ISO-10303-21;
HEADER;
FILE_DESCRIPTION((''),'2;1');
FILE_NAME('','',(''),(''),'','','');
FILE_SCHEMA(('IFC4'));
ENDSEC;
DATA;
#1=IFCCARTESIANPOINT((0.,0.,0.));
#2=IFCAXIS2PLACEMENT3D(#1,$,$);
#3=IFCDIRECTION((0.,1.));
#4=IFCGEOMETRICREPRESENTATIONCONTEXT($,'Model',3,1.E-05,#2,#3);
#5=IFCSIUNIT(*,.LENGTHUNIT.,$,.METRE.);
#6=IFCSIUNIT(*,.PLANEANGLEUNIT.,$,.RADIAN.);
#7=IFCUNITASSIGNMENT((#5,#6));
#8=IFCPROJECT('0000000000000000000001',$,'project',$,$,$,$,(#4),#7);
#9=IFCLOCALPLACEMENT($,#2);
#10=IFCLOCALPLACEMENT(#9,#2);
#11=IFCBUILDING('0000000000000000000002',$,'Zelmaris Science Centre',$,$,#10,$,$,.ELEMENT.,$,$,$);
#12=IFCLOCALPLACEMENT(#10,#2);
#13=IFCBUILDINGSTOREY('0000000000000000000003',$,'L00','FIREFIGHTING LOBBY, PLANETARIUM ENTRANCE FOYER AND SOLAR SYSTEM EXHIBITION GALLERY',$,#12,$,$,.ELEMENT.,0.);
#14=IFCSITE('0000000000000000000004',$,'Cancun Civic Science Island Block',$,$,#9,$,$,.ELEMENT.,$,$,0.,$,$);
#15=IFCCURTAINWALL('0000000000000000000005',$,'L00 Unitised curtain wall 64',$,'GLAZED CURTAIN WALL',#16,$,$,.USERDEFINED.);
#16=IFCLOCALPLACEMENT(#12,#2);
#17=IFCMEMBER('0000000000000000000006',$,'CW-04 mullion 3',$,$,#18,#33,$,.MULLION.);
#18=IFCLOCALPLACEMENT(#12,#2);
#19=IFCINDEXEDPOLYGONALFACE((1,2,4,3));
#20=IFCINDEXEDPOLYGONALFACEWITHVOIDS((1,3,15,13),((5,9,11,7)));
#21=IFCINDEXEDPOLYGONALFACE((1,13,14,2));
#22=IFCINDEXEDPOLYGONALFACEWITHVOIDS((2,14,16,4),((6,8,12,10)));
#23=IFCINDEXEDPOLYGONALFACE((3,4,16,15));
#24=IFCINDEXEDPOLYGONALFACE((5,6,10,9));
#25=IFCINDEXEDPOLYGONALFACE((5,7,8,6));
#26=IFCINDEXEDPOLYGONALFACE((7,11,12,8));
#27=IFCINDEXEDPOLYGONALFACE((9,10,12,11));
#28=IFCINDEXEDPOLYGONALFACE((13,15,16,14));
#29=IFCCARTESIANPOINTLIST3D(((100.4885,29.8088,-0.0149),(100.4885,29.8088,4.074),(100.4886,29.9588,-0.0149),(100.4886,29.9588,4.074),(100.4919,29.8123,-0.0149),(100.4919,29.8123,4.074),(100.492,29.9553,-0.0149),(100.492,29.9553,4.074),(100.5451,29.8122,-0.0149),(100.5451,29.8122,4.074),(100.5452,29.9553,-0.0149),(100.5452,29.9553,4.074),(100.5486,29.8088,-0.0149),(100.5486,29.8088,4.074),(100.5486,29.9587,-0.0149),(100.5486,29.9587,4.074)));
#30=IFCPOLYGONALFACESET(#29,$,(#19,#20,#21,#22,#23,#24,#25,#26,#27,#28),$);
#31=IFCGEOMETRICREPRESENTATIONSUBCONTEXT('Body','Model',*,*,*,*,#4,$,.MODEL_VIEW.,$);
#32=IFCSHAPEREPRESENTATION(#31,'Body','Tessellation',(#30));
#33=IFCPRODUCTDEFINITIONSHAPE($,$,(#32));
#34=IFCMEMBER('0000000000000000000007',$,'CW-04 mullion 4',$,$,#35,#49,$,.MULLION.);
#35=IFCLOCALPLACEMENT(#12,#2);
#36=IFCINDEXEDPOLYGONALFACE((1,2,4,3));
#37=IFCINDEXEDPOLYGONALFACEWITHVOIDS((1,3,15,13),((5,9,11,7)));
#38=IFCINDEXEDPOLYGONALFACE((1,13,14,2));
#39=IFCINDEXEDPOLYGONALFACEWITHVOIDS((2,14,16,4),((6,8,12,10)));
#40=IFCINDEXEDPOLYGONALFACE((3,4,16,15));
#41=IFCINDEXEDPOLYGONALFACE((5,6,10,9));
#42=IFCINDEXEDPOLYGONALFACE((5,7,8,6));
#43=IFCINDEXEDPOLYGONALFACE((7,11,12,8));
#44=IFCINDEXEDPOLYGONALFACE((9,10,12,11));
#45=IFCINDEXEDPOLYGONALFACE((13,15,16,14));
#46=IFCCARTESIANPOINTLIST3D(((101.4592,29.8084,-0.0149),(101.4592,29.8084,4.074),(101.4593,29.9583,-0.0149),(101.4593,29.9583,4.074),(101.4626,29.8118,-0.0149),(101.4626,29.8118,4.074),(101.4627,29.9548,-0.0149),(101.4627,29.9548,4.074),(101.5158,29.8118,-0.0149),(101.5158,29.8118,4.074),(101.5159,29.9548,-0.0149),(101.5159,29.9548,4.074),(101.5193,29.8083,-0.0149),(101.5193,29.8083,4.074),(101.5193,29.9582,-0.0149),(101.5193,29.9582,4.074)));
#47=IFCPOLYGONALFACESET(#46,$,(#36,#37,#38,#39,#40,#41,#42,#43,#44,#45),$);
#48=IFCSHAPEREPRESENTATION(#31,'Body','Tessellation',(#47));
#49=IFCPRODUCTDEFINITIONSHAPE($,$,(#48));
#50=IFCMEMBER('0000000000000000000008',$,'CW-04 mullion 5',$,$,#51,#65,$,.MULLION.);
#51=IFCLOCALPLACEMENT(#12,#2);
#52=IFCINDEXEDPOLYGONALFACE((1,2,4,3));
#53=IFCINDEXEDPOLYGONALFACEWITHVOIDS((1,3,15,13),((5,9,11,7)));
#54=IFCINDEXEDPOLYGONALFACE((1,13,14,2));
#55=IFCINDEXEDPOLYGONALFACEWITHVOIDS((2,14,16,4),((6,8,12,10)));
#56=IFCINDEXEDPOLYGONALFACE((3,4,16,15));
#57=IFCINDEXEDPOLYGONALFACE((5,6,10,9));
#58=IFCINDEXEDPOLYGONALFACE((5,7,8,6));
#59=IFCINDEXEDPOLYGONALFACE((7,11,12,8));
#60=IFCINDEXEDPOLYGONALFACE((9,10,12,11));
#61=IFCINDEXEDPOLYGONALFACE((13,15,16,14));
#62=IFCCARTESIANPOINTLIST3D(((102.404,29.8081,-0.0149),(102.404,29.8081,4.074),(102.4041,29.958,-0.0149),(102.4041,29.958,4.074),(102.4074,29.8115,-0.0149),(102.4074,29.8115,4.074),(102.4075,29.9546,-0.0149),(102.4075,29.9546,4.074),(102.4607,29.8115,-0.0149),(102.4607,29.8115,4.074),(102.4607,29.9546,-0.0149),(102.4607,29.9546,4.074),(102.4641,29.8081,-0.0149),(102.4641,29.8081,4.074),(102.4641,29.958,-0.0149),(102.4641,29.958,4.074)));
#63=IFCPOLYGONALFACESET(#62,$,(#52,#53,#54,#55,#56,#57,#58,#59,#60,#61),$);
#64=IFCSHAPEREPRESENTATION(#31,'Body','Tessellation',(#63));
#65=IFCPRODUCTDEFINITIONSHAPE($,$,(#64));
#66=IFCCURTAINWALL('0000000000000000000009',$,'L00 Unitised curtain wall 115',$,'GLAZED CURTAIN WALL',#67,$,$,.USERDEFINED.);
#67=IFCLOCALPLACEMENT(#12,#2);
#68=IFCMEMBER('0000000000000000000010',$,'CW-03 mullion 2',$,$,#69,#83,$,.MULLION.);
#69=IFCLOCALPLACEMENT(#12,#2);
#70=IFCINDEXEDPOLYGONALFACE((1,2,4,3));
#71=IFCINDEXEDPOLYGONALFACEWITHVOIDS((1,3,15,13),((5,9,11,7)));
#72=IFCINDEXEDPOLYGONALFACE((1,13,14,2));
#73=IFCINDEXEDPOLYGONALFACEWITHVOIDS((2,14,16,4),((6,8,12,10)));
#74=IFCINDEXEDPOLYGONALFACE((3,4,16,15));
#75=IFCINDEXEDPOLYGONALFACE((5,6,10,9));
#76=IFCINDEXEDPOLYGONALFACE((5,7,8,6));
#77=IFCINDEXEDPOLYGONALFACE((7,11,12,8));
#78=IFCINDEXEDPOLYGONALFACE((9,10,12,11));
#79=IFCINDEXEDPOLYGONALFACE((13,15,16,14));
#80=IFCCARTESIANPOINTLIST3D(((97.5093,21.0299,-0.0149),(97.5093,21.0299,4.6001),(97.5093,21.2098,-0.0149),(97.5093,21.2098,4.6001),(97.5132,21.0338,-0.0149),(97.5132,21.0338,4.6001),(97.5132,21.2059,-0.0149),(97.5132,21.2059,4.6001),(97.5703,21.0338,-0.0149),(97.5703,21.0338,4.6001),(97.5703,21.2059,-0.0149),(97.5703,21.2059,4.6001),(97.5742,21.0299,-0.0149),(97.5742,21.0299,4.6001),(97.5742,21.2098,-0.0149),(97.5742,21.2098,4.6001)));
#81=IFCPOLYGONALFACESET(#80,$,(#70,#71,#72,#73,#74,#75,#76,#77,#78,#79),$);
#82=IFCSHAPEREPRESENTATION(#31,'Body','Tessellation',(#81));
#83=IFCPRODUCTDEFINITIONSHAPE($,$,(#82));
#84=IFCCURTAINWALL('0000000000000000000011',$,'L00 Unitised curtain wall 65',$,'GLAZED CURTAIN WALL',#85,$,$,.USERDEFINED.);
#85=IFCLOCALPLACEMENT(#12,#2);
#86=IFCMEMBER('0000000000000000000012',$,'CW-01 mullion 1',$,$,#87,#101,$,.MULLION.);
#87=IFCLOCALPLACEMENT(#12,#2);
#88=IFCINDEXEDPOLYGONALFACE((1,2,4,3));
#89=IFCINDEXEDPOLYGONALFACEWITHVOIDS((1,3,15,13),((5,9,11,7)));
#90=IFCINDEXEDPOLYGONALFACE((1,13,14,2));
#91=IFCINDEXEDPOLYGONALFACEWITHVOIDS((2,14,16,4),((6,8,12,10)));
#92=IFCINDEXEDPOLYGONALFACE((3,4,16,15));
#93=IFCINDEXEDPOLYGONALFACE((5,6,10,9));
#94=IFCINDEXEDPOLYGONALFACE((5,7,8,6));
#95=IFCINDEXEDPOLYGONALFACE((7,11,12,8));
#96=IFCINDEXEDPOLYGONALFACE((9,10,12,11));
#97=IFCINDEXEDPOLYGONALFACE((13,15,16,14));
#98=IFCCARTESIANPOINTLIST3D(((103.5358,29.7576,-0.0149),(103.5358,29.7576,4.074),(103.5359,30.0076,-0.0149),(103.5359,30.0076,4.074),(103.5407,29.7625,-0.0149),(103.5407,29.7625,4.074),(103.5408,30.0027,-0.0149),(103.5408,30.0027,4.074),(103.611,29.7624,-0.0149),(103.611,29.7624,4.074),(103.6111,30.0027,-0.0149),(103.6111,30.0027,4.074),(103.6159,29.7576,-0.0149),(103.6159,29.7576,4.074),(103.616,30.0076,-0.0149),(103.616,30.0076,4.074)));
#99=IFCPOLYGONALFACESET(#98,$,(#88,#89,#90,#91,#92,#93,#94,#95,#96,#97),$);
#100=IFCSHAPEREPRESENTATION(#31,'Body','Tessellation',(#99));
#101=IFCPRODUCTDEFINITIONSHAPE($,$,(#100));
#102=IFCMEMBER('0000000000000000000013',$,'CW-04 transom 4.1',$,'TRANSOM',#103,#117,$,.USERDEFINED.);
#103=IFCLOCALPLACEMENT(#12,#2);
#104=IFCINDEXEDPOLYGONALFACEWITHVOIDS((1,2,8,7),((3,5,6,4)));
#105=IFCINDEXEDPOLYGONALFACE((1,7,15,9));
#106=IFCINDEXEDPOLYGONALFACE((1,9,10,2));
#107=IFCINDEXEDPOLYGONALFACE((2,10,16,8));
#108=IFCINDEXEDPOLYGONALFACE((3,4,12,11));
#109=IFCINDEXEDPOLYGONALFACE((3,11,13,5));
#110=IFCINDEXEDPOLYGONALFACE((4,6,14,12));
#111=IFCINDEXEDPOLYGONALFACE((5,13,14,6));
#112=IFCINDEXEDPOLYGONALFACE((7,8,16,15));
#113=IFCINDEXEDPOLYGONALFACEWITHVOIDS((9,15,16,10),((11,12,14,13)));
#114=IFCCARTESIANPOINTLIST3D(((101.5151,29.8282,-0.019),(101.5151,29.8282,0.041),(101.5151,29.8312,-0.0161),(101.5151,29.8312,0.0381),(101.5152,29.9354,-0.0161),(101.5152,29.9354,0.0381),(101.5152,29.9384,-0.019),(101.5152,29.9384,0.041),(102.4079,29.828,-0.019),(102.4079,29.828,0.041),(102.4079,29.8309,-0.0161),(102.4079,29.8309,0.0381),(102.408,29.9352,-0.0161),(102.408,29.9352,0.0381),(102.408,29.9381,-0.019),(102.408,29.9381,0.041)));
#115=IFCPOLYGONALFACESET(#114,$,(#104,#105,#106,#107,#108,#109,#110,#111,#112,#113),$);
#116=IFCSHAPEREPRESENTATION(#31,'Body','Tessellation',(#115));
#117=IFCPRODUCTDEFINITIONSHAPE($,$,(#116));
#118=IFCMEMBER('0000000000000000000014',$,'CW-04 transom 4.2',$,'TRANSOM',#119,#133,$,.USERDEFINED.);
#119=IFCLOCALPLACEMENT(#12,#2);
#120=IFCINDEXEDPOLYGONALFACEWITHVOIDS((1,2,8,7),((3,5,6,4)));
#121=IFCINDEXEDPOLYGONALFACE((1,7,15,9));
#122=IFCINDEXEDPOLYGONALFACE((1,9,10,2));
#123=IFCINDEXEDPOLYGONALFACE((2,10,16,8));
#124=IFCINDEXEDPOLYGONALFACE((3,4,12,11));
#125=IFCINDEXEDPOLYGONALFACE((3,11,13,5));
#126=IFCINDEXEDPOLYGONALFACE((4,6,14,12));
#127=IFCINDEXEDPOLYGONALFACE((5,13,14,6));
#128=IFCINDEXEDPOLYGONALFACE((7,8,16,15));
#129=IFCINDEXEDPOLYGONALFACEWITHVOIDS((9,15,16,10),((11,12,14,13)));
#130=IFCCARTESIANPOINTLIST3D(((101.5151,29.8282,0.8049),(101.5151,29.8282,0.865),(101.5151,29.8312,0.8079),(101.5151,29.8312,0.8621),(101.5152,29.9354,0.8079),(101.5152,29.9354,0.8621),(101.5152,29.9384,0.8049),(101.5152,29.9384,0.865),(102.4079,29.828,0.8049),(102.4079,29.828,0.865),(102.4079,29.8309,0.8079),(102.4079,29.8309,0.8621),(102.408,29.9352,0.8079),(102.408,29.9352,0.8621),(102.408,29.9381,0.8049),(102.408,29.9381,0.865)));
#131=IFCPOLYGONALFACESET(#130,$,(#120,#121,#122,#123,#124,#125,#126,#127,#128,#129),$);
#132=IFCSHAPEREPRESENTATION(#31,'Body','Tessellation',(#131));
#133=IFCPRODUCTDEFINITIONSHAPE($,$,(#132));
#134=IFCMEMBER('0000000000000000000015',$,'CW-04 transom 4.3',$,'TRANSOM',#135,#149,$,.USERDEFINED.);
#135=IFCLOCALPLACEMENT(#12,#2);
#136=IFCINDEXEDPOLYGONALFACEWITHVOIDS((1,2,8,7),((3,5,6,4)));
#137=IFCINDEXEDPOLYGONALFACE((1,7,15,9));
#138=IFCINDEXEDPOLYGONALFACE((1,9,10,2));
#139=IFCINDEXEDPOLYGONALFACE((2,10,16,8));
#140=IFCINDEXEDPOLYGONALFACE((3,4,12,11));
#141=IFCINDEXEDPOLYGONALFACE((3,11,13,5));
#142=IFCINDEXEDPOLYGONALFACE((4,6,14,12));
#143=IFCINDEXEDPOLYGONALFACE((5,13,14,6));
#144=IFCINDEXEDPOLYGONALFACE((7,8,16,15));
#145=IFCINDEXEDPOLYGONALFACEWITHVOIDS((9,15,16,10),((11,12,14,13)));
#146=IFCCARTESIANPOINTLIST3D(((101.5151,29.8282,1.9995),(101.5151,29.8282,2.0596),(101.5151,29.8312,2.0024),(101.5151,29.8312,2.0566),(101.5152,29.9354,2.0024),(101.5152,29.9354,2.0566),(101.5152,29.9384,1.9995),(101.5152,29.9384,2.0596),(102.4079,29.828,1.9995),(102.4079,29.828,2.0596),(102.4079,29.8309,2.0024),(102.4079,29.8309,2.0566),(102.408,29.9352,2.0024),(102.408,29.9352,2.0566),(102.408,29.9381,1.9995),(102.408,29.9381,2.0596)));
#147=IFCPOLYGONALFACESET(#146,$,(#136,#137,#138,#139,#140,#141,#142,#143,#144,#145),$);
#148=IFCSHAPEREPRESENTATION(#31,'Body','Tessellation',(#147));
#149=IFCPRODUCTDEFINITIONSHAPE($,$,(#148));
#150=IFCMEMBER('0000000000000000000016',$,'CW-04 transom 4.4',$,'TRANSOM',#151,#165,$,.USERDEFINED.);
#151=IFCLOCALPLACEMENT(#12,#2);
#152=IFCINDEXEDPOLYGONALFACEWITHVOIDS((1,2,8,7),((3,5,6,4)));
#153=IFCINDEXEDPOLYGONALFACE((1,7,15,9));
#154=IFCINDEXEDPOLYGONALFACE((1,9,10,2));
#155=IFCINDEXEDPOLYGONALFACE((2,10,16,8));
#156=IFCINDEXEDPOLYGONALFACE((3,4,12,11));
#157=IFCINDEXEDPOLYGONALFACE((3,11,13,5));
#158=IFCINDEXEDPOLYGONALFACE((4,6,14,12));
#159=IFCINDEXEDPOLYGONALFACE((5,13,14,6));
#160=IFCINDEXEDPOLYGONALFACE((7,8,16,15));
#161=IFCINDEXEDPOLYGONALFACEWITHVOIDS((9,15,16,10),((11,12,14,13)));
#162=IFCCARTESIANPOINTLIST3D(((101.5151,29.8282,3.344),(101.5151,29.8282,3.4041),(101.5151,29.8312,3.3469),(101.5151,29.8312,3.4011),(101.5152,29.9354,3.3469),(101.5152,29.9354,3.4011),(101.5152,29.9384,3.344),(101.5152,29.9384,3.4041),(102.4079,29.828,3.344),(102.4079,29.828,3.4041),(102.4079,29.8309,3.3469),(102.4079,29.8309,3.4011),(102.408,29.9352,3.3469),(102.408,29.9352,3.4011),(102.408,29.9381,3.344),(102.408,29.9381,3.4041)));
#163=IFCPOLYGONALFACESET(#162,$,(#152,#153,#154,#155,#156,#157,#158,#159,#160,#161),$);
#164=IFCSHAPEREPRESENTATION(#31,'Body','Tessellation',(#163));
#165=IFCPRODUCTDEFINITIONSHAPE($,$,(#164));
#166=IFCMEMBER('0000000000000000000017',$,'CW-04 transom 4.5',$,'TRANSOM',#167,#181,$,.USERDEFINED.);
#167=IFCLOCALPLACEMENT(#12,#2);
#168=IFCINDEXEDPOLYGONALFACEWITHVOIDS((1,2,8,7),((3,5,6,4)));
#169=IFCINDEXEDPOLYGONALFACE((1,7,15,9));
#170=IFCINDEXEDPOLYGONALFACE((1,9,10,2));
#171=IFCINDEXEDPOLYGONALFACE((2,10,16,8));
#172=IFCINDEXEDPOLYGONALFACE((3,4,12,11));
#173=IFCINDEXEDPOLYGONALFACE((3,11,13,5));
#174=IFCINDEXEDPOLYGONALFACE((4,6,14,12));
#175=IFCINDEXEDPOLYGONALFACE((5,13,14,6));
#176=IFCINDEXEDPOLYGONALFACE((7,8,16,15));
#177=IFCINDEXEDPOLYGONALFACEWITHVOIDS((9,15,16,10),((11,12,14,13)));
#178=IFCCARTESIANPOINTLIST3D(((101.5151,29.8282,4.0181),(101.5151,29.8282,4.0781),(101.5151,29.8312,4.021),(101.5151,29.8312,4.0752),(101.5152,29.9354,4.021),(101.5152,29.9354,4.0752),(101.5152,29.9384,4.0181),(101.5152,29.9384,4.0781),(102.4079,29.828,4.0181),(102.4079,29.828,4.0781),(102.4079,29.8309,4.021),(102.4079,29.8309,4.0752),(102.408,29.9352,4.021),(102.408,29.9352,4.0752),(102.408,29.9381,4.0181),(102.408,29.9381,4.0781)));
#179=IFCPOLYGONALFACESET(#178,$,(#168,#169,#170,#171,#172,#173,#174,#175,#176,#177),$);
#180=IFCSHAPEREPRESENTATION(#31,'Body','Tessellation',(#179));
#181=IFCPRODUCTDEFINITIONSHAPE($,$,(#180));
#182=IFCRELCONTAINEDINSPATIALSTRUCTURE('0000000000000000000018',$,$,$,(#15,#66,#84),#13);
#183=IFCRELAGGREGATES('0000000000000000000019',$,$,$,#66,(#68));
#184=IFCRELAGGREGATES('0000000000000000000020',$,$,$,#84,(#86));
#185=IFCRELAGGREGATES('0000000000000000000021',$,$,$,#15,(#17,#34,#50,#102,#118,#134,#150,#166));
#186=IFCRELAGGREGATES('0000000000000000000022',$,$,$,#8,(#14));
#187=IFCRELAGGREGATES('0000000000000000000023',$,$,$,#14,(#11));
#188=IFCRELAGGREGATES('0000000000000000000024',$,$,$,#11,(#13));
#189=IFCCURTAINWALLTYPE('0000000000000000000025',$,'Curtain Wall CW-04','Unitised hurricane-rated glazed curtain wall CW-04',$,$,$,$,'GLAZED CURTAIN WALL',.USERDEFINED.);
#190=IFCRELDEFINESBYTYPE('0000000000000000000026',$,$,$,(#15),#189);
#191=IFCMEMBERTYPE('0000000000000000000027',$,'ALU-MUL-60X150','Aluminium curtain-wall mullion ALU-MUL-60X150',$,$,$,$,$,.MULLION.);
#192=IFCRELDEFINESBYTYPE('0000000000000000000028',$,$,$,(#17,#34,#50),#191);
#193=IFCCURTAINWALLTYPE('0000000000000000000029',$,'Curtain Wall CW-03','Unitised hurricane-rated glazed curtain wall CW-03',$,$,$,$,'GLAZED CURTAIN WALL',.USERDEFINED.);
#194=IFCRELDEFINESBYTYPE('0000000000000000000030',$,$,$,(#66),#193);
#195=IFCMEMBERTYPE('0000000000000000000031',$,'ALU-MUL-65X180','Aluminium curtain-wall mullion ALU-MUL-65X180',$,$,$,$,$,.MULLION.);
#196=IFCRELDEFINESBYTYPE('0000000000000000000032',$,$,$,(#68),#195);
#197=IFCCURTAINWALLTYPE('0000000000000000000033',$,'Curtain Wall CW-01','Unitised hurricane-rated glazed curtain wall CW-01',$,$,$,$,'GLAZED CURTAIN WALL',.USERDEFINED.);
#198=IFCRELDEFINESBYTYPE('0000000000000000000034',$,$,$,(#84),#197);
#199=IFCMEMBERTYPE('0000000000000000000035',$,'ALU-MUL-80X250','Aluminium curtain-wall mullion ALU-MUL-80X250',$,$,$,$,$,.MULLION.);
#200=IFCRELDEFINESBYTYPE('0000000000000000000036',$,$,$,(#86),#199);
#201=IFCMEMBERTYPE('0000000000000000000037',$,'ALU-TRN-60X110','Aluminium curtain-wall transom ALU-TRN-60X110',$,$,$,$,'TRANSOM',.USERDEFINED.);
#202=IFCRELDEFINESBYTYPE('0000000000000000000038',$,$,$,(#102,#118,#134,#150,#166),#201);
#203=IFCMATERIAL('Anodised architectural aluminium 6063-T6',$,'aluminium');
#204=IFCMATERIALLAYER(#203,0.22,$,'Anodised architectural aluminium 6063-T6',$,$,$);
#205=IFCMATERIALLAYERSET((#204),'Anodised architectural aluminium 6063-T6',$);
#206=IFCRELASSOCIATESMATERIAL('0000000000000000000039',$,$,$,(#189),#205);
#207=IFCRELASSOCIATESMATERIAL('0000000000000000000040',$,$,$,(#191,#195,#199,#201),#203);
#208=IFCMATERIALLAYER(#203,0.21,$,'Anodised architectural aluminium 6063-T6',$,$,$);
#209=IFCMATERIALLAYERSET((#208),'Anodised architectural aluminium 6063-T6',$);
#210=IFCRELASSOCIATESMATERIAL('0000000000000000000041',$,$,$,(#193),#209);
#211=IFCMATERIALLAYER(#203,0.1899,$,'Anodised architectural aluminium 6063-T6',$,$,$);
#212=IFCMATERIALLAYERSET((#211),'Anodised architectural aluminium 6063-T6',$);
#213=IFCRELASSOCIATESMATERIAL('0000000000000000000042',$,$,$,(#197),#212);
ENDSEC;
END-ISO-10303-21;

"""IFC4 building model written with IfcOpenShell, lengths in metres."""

from ifc_helpers import new_model, si_unit, direction, frame, origin, origin_2d, place, context, subcontext, project, spatial, hollow_rectangle, extrude, material, layer, layer_set, material_profile, profile_set, type_object, element, aggregate, save


model = new_model("IFC4")

# Units and contexts
model_context = context("Model", 3, precision=1e-05, world=origin(), true_north=direction((0.0, 1.0)))
body_context = subcontext(model_context, "Body", "Model", "MODEL_VIEW")
ifc_project = project(units=[si_unit("LENGTHUNIT", "METRE"), si_unit("PLANEANGLEUNIT", "RADIAN")], contexts=[model_context])

# Site, building, storey
site_placement = place(None, origin())
site = spatial("IfcSite", under=ifc_project, at=site_placement, Name="Cancun Civic Science Island Block", CompositionType="ELEMENT", RefElevation=0.0)
building_placement = place(site_placement, origin())
building = spatial("IfcBuilding", under=site, at=building_placement, Name="Zelmaris Science Centre", CompositionType="ELEMENT")
storey_placement = place(building_placement, origin())
storey = spatial("IfcBuildingStorey", under=building, at=storey_placement, Name="L00", Description="FIREFIGHTING LOBBY, PLANETARIUM ENTRANCE FOYER AND SOLAR SYSTEM EXHIBITION GALLERY", CompositionType="ELEMENT", Elevation=0.0)

# Curtain wall, members
ifc_material_1 = material(Name="Anodised architectural aluminium 6063-T6", Category="aluminium")
ifc_layer_1 = layer(ifc_material_1, 0.22, Name="Anodised architectural aluminium 6063-T6")
ifc_layer_set_1 = layer_set([ifc_layer_1], Name="Anodised architectural aluminium 6063-T6")
curtain_wall_type_1 = type_object("IfcCurtainWallType", Name="Curtain Wall CW-04", Description="Unitised hurricane-rated glazed curtain wall CW-04", ElementType="GLAZED CURTAIN WALL", PredefinedType="USERDEFINED", material=ifc_layer_set_1)
curtain_wall_1_placement = place(storey_placement, origin())
curtain_wall_1 = element("IfcCurtainWall", 1, at=curtain_wall_1_placement, inside=storey, type_object=curtain_wall_type_1, Name="L00 Unitised curtain wall 64", ObjectType="GLAZED CURTAIN WALL", PredefinedType="USERDEFINED")
ifc_material_profile_1 = material_profile(ifc_material_1, hollow_rectangle(XDim=0.0601, YDim=0.1499, WallThickness=0.0034, at=origin_2d()), Name="ALU-MUL-60X150")
ifc_profile_set_1 = profile_set([ifc_material_profile_1], Name="Anodised architectural aluminium 6063-T6")
member_type_1 = type_object("IfcMemberType", Name="ALU-MUL-60X150", Description="Aluminium curtain-wall mullion ALU-MUL-60X150", PredefinedType="MULLION", material=ifc_profile_set_1)
member_1_placement = place(storey_placement, frame((100.5186, 29.8838, -0.0149), z_axis=(0.0, 0.0, 1.0), x_axis=(1.0, -0.000344, 0.0)))
member_1 = element("IfcMember", 2, at=member_1_placement, type_object=member_type_1, Name="CW-04 mullion 3", PredefinedType="MULLION", context=body_context, shape_type="SweptSolid", body=[
    extrude(hollow_rectangle(XDim=0.0601, YDim=0.1499, WallThickness=0.0034, at=origin_2d()), origin(), (0.0, 0.0, 1.0), 4.0889),
])
member_2_placement = place(storey_placement, frame((101.4893, 29.8833, -0.0149), z_axis=(0.0, 0.0, 1.0), x_axis=(1.0, -0.000344, 0.0)))
member_2 = element("IfcMember", 3, at=member_2_placement, type_object=member_type_1, Name="CW-04 mullion 4", PredefinedType="MULLION", context=body_context, shape_type="SweptSolid", body=[
    extrude(hollow_rectangle(XDim=0.0601, YDim=0.1499, WallThickness=0.0034, at=origin_2d()), origin(), (0.0, 0.0, 1.0), 4.0889),
])
member_3_placement = place(storey_placement, frame((102.4341, 29.8831, -0.0149), z_axis=(0.0, 0.0, 1.0), x_axis=(1.0, -0.000344, 0.0)))
member_3 = element("IfcMember", 4, at=member_3_placement, type_object=member_type_1, Name="CW-04 mullion 5", PredefinedType="MULLION", context=body_context, shape_type="SweptSolid", body=[
    extrude(hollow_rectangle(XDim=0.0601, YDim=0.1499, WallThickness=0.0034, at=origin_2d()), origin(), (0.0, 0.0, 1.0), 4.0889),
])

# Curtain walls, members
ifc_layer_2 = layer(ifc_material_1, 0.21, Name="Anodised architectural aluminium 6063-T6")
ifc_layer_set_2 = layer_set([ifc_layer_2], Name="Anodised architectural aluminium 6063-T6")
curtain_wall_type_2 = type_object("IfcCurtainWallType", Name="Curtain Wall CW-03", Description="Unitised hurricane-rated glazed curtain wall CW-03", ElementType="GLAZED CURTAIN WALL", PredefinedType="USERDEFINED", material=ifc_layer_set_2)
curtain_wall_2_placement = place(storey_placement, origin())
curtain_wall_2 = element("IfcCurtainWall", 5, at=curtain_wall_2_placement, inside=storey, type_object=curtain_wall_type_2, Name="L00 Unitised curtain wall 115", ObjectType="GLAZED CURTAIN WALL", PredefinedType="USERDEFINED")
ifc_material_profile_2 = material_profile(ifc_material_1, hollow_rectangle(XDim=0.0649, YDim=0.1799, WallThickness=0.0039, at=origin_2d()), Name="ALU-MUL-65X180")
ifc_profile_set_2 = profile_set([ifc_material_profile_2], Name="Anodised architectural aluminium 6063-T6")
member_type_2 = type_object("IfcMemberType", Name="ALU-MUL-65X180", Description="Aluminium curtain-wall mullion ALU-MUL-65X180", PredefinedType="MULLION", material=ifc_profile_set_2)
member_4_placement = place(storey_placement, frame((97.5417, 21.1199, -0.0149), z_axis=(0.0, 0.0, 1.0), x_axis=(-1.0, 0.000084, 0.0)))
member_4 = element("IfcMember", 6, at=member_4_placement, type_object=member_type_2, Name="CW-03 mullion 2", PredefinedType="MULLION", context=body_context, shape_type="SweptSolid", body=[
    extrude(hollow_rectangle(XDim=0.0649, YDim=0.1799, WallThickness=0.0039, at=origin_2d()), origin(), (0.0, 0.0, 1.0), 4.615),
])
ifc_layer_3 = layer(ifc_material_1, 0.1899, Name="Anodised architectural aluminium 6063-T6")
ifc_layer_set_3 = layer_set([ifc_layer_3], Name="Anodised architectural aluminium 6063-T6")
curtain_wall_type_3 = type_object("IfcCurtainWallType", Name="Curtain Wall CW-01", Description="Unitised hurricane-rated glazed curtain wall CW-01", ElementType="GLAZED CURTAIN WALL", PredefinedType="USERDEFINED", material=ifc_layer_set_3)
curtain_wall_3_placement = place(storey_placement, origin())
curtain_wall_3 = element("IfcCurtainWall", 7, at=curtain_wall_3_placement, inside=storey, type_object=curtain_wall_type_3, Name="L00 Unitised curtain wall 65", ObjectType="GLAZED CURTAIN WALL", PredefinedType="USERDEFINED")
ifc_material_profile_3 = material_profile(ifc_material_1, hollow_rectangle(XDim=0.0801, YDim=0.25, WallThickness=0.0049, at=origin_2d()), Name="ALU-MUL-80X250")
ifc_profile_set_3 = profile_set([ifc_material_profile_3], Name="Anodised architectural aluminium 6063-T6")
member_type_3 = type_object("IfcMemberType", Name="ALU-MUL-80X250", Description="Aluminium curtain-wall mullion ALU-MUL-80X250", PredefinedType="MULLION", material=ifc_profile_set_3)
member_5_placement = place(storey_placement, frame((103.5759, 29.8826, -0.0149), z_axis=(0.0, 0.0, 1.0), x_axis=(1.0, -0.000344, 0.0)))
member_5 = element("IfcMember", 8, at=member_5_placement, type_object=member_type_3, Name="CW-01 mullion 1", PredefinedType="MULLION", context=body_context, shape_type="SweptSolid", body=[
    extrude(hollow_rectangle(XDim=0.0801, YDim=0.25, WallThickness=0.0049, at=origin_2d()), origin(), (0.0, 0.0, 1.0), 4.0889),
])

# Members
ifc_material_profile_4 = material_profile(ifc_material_1, hollow_rectangle(XDim=0.0601, YDim=0.1101, WallThickness=0.0029, at=origin_2d()), Name="ALU-TRN-60X110")
ifc_profile_set_4 = profile_set([ifc_material_profile_4], Name="Anodised architectural aluminium 6063-T6")
member_type_4 = type_object("IfcMemberType", Name="ALU-TRN-60X110", Description="Aluminium curtain-wall transom ALU-TRN-60X110", ElementType="TRANSOM", PredefinedType="USERDEFINED", material=ifc_profile_set_4)
member_6_placement = place(storey_placement, frame((101.5151, 29.8833, 0.011), z_axis=(1.0, -0.000273, 0.0), x_axis=(0.0, 0.0, 1.0)))
member_6 = element("IfcMember", 9, at=member_6_placement, type_object=member_type_4, Name="CW-04 transom 4.1", ObjectType="TRANSOM", PredefinedType="USERDEFINED", context=body_context, shape_type="SweptSolid", body=[
    extrude(hollow_rectangle(XDim=0.0601, YDim=0.1101, WallThickness=0.0029, at=origin_2d()), origin(), (0.0, 0.0, 1.0), 0.8928),
])
member_7_placement = place(storey_placement, frame((101.5151, 29.8833, 0.835), z_axis=(1.0, -0.000273, 0.0), x_axis=(0.0, 0.0, 1.0)))
member_7 = element("IfcMember", 10, at=member_7_placement, type_object=member_type_4, Name="CW-04 transom 4.2", ObjectType="TRANSOM", PredefinedType="USERDEFINED", context=body_context, shape_type="SweptSolid", body=[
    extrude(hollow_rectangle(XDim=0.0601, YDim=0.1101, WallThickness=0.0029, at=origin_2d()), origin(), (0.0, 0.0, 1.0), 0.8928),
])
member_8_placement = place(storey_placement, frame((101.5151, 29.8833, 2.0295), z_axis=(1.0, -0.000273, 0.0), x_axis=(0.0, 0.0, 1.0)))
member_8 = element("IfcMember", 11, at=member_8_placement, type_object=member_type_4, Name="CW-04 transom 4.3", ObjectType="TRANSOM", PredefinedType="USERDEFINED", context=body_context, shape_type="SweptSolid", body=[
    extrude(hollow_rectangle(XDim=0.0601, YDim=0.1101, WallThickness=0.0029, at=origin_2d()), origin(), (0.0, 0.0, 1.0), 0.8928),
])
member_9_placement = place(storey_placement, frame((101.5151, 29.8833, 3.374), z_axis=(1.0, -0.000273, 0.0), x_axis=(0.0, 0.0, 1.0)))
member_9 = element("IfcMember", 12, at=member_9_placement, type_object=member_type_4, Name="CW-04 transom 4.4", ObjectType="TRANSOM", PredefinedType="USERDEFINED", context=body_context, shape_type="SweptSolid", body=[
    extrude(hollow_rectangle(XDim=0.0601, YDim=0.1101, WallThickness=0.0029, at=origin_2d()), origin(), (0.0, 0.0, 1.0), 0.8928),
])
member_10_placement = place(storey_placement, frame((101.5151, 29.8833, 4.0481), z_axis=(1.0, -0.000273, 0.0), x_axis=(0.0, 0.0, 1.0)))
member_10 = element("IfcMember", 13, at=member_10_placement, type_object=member_type_4, Name="CW-04 transom 4.5", ObjectType="TRANSOM", PredefinedType="USERDEFINED", context=body_context, shape_type="SweptSolid", body=[
    extrude(hollow_rectangle(XDim=0.0601, YDim=0.1101, WallThickness=0.0029, at=origin_2d()), origin(), (0.0, 0.0, 1.0), 0.8928),
])
aggregate(curtain_wall_2, [member_4])

aggregate(curtain_wall_3, [member_5])
aggregate(curtain_wall_1, [member_1, member_2, member_3, member_6, member_7, member_8, member_9, member_10])

save(model, "model.ifc")
